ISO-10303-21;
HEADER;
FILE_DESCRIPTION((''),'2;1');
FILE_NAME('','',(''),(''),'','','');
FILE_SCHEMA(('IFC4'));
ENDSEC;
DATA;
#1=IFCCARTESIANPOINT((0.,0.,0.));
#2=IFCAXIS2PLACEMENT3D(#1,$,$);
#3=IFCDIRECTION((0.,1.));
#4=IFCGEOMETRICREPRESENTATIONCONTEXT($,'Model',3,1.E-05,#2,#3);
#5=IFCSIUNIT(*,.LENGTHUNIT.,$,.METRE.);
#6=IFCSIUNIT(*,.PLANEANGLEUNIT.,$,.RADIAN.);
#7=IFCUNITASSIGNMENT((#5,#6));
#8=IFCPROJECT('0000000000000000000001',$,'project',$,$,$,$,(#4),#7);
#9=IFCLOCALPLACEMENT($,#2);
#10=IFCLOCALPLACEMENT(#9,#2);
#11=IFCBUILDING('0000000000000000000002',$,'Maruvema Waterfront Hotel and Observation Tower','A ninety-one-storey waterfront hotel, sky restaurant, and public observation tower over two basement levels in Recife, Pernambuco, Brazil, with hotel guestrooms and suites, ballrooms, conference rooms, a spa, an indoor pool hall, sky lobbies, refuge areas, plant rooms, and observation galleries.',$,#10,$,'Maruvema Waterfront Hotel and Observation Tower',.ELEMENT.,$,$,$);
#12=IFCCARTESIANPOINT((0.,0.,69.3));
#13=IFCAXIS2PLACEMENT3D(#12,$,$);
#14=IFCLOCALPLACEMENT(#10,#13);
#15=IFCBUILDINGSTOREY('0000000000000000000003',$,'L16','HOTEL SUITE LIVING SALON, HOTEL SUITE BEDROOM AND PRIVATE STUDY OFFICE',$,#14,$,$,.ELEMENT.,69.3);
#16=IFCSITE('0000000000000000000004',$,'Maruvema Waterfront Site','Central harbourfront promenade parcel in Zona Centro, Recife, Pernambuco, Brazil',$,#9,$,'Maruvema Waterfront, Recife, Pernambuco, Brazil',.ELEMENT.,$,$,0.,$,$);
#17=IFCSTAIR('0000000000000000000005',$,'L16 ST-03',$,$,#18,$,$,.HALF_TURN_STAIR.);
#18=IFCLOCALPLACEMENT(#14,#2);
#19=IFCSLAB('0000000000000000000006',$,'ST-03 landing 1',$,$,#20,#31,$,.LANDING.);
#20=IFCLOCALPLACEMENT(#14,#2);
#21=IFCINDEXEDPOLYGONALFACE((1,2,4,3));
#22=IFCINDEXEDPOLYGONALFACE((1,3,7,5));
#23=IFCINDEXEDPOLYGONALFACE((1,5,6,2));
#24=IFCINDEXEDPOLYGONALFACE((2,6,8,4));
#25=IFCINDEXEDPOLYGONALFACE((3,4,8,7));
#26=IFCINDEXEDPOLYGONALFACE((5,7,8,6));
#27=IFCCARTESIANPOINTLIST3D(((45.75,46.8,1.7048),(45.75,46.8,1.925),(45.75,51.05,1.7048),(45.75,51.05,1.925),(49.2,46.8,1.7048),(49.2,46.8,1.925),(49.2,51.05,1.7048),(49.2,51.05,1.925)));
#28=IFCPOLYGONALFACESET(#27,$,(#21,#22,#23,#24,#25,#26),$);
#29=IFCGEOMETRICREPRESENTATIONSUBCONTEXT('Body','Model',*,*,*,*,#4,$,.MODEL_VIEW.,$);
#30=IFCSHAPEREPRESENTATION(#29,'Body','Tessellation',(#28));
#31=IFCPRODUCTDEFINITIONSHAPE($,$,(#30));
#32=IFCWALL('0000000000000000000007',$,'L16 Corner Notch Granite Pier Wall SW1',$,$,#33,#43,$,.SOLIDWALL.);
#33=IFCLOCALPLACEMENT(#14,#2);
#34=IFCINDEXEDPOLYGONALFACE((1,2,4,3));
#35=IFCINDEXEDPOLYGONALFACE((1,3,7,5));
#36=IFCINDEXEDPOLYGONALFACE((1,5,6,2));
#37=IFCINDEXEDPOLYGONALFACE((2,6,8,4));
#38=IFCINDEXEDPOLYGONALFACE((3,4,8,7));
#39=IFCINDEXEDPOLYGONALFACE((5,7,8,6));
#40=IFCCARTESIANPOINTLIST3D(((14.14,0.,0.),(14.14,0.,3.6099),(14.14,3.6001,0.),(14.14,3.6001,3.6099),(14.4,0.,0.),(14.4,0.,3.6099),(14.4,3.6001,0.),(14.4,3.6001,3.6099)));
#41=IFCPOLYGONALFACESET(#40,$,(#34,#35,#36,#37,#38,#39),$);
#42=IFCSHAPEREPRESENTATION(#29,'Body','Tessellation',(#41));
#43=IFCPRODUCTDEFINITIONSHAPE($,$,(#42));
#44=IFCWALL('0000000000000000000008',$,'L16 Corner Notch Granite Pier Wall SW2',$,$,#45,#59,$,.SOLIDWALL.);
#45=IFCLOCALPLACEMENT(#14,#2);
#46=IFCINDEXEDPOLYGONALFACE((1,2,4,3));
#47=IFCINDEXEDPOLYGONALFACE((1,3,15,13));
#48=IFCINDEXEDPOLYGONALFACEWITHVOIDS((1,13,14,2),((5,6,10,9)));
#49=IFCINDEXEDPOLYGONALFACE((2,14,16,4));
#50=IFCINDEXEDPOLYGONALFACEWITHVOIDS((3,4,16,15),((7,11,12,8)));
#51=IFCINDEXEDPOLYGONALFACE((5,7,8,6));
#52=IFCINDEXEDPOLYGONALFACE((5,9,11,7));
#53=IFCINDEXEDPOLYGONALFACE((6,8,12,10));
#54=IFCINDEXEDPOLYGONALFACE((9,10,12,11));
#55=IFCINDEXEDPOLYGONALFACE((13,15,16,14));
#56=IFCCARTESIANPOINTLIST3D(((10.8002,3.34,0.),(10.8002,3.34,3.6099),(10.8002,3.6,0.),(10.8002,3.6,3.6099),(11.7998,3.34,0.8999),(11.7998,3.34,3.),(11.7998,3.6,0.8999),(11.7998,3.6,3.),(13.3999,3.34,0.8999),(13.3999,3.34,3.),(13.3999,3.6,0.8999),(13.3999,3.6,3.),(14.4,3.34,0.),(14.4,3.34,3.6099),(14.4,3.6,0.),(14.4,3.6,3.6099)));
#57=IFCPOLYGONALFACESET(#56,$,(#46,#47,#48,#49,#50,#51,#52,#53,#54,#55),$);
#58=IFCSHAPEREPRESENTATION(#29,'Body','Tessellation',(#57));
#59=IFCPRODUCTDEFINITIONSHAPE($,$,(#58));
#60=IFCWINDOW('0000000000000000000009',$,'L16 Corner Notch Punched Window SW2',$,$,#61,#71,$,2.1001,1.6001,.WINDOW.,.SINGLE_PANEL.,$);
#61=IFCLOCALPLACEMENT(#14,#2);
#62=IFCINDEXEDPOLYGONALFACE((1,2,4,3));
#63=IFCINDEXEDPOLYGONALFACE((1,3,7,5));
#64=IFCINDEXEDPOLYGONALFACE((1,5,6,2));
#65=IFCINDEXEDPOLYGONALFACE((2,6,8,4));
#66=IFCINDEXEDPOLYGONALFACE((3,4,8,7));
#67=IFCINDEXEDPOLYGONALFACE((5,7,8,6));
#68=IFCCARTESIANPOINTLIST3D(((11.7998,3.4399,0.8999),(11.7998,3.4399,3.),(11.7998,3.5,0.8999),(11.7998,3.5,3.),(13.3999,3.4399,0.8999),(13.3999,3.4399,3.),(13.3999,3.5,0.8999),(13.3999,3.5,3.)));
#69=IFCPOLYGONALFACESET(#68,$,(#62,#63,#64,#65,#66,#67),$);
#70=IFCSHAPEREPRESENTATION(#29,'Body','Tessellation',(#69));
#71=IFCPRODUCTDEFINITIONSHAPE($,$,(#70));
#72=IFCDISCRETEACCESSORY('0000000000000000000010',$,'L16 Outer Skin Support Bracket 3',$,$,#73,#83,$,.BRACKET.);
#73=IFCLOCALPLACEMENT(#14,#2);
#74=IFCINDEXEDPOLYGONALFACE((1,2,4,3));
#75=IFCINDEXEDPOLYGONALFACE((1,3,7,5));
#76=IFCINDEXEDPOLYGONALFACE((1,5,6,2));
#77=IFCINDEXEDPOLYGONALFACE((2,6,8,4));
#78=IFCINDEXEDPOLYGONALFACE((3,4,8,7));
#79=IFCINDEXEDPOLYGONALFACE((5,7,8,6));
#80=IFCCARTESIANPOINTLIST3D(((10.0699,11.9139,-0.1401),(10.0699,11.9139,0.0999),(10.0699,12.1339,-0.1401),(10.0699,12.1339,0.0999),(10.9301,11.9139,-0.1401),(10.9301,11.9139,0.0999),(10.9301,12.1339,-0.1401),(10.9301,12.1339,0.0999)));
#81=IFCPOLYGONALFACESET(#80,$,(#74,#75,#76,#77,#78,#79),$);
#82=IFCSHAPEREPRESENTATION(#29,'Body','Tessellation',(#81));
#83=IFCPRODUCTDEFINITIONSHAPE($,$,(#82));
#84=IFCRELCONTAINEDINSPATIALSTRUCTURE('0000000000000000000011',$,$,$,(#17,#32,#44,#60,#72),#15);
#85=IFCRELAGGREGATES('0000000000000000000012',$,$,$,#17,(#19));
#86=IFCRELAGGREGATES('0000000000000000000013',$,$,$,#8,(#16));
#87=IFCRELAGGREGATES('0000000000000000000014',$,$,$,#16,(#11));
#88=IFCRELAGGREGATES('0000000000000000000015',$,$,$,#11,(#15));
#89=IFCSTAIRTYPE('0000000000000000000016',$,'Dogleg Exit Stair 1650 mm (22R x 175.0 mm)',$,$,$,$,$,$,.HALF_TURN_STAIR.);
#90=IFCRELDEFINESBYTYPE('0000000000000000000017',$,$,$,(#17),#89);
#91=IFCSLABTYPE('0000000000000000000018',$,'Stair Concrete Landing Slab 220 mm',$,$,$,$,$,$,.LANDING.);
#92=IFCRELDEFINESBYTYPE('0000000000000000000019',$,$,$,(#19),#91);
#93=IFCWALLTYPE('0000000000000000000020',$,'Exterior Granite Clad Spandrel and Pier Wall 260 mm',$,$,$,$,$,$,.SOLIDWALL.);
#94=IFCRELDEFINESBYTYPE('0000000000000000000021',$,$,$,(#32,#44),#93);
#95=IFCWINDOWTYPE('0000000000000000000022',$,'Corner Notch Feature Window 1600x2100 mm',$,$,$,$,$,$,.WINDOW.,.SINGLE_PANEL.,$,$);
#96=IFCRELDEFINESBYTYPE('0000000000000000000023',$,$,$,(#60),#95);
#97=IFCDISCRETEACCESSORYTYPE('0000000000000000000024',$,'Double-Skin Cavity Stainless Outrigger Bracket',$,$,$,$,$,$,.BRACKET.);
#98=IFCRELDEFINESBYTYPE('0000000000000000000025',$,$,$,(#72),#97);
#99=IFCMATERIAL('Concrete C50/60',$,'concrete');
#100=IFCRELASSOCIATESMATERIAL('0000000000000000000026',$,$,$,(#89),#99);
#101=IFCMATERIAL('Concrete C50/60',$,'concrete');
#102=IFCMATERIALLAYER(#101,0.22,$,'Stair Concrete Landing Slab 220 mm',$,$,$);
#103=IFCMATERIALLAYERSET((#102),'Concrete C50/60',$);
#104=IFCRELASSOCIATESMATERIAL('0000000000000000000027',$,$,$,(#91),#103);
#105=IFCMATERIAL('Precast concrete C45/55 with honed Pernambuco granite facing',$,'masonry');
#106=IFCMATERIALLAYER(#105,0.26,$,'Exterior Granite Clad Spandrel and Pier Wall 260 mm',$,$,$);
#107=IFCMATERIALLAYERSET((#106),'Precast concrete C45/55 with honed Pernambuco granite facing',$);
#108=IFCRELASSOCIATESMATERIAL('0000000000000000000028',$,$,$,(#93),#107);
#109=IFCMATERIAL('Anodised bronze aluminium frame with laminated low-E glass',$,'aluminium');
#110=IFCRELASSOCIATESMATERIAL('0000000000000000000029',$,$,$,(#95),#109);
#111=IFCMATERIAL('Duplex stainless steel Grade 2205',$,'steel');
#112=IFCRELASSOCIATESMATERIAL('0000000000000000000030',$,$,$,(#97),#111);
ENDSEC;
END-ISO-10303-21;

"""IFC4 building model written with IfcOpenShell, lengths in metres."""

from ifc_helpers import new_model, si_unit, direction, frame, frame_2d, origin, origin_2d, place, context, subcontext, project, spatial, polyline, rectangle, outline, extrude, material, layer, layer_set, type_object, element, fill, aggregate, save


model = new_model("IFC4")

# Units and contexts
model_context = context("Model", 3, precision=1e-05, world=origin(), true_north=direction((0.0, 1.0)))
body_context = subcontext(model_context, "Body", "Model", "MODEL_VIEW")
ifc_project = project(units=[si_unit("LENGTHUNIT", "METRE"), si_unit("PLANEANGLEUNIT", "RADIAN")], contexts=[model_context])

# Site, building, storey
site_placement = place(None, origin())
site = spatial("IfcSite", under=ifc_project, at=site_placement, Name="Maruvema Waterfront Site", Description="Central harbourfront promenade parcel in Zona Centro, Recife, Pernambuco, Brazil", LongName="Maruvema Waterfront, Recife, Pernambuco, Brazil", CompositionType="ELEMENT", RefElevation=0.0)
building_placement = place(site_placement, origin())
building = spatial("IfcBuilding", under=site, at=building_placement, Name="Maruvema Waterfront Hotel and Observation Tower", Description="A ninety-one-storey waterfront hotel, sky restaurant, and public observation tower over two basement levels in Recife, Pernambuco, Brazil, with hotel guestrooms and suites, ballrooms, conference rooms, a spa, an indoor pool hall, sky lobbies, refuge areas, plant rooms, and observation galleries.", LongName="Maruvema Waterfront Hotel and Observation Tower", CompositionType="ELEMENT")
storey_placement = place(building_placement, frame((0.0, 0.0, 69.3)))
storey = spatial("IfcBuildingStorey", under=building, at=storey_placement, Name="L16", Description="HOTEL SUITE LIVING SALON, HOTEL SUITE BEDROOM AND PRIVATE STUDY OFFICE", CompositionType="ELEMENT", Elevation=69.3)

# Stair, slab
ifc_material_1 = material(Name="Concrete C50/60", Category="concrete")
stair_type = type_object("IfcStairType", Name="Dogleg Exit Stair 1650 mm (22R x 175.0 mm)", PredefinedType="HALF_TURN_STAIR", material=ifc_material_1)
ifc_material_2 = material(Name="Concrete C50/60", Category="concrete")
ifc_layer_1 = layer(ifc_material_2, 0.22, Name="Stair Concrete Landing Slab 220 mm")
ifc_layer_set_1 = layer_set([ifc_layer_1], Name="Concrete C50/60")
slab_type_1 = type_object("IfcSlabType", Name="Stair Concrete Landing Slab 220 mm", PredefinedType="LANDING", material=ifc_layer_set_1)
stair_1_placement = place(storey_placement, origin())
stair_1 = element("IfcStair", 1, at=stair_1_placement, inside=storey, type_object=stair_type, Name="L16 ST-03", PredefinedType="HALF_TURN_STAIR")
slab_1_placement = place(storey_placement, frame((0.0, 0.0, 1.7048)))
slab_1 = element("IfcSlab", 2, at=slab_1_placement, type_object=slab_type_1, Name="ST-03 landing 1", PredefinedType="LANDING", context=body_context, shape_type="SweptSolid", body=[
    extrude(outline(polyline([(49.2, 46.8), (49.2, 51.05), (45.75, 51.05), (45.75, 46.8), (49.2, 46.8)])), origin(), (0.0, 0.0, 1.0), 0.2202),
])
aggregate(stair_1, [slab_1])

# Wall
ifc_material_3 = material(Name="Precast concrete C45/55 with honed Pernambuco granite facing", Category="masonry")
ifc_layer_2 = layer(ifc_material_3, 0.26, Name="Exterior Granite Clad Spandrel and Pier Wall 260 mm")
ifc_layer_set_2 = layer_set([ifc_layer_2], Name="Precast concrete C45/55 with honed Pernambuco granite facing")
wall_type = type_object("IfcWallType", Name="Exterior Granite Clad Spandrel and Pier Wall 260 mm", PredefinedType="SOLIDWALL", material=ifc_layer_set_2)
wall_1_placement = place(storey_placement, frame((14.27, 0.0, 0.0), z_axis=(0.0, 0.0, 1.0), x_axis=(0.0, 1.0, 0.0)))
element("IfcWall", 3, at=wall_1_placement, inside=storey, type_object=wall_type, Name="L16 Corner Notch Granite Pier Wall SW1", PredefinedType="SOLIDWALL", context=body_context, shape_type="SweptSolid", body=[
    extrude(rectangle(XDim=3.6001, YDim=0.26, at=frame_2d((1.8, 0.0))), origin(), (0.0, 0.0, 1.0), 3.6099),
])

# Wall, opening, window
wall_2_placement = place(storey_placement, frame((14.3999, 3.47, 0.0), z_axis=(0.0, 0.0, 1.0), x_axis=(-1.0, 0.0, 0.0)))
wall_2 = element("IfcWall", 4, at=wall_2_placement, inside=storey, type_object=wall_type, Name="L16 Corner Notch Granite Pier Wall SW2", PredefinedType="SOLIDWALL", context=body_context, shape_type="SweptSolid", body=[
    extrude(rectangle(XDim=3.5999, YDim=0.26, at=frame_2d((1.7998, 0.0))), origin(), (0.0, 0.0, 1.0), 3.6099),
])
opening_placement = place(wall_2_placement, frame((1.0, 0.0, 0.8999)))
opening = element("IfcOpeningElement", 5, at=opening_placement, cuts=wall_2, PredefinedType="OPENING", context=body_context, shape_type="SweptSolid", body=[
    extrude(rectangle(XDim=1.6001, YDim=2.1001, at=frame_2d((0.8, 1.05))), frame((0.0, 0.1401, 0.0), z_axis=(0.0, -1.0, 0.0), x_axis=(1.0, 0.0, 0.0)), (0.0, 0.0, 1.0), 0.28),
])
ifc_material_4 = material(Name="Anodised bronze aluminium frame with laminated low-E glass", Category="aluminium")
window_type = type_object("IfcWindowType", Name="Corner Notch Feature Window 1600x2100 mm", PartitioningType="SINGLE_PANEL", PredefinedType="WINDOW", material=ifc_material_4)
window_placement = place(opening_placement, origin())
window = element("IfcWindow", 6, at=window_placement, inside=storey, type_object=window_type, Name="L16 Corner Notch Punched Window SW2", OverallHeight=2.1001, OverallWidth=1.6001, PartitioningType="SINGLE_PANEL", PredefinedType="WINDOW", context=body_context, shape_type="SweptSolid", body=[
    extrude(rectangle(XDim=1.6001, YDim=2.1001, at=frame_2d((0.8, 1.05))), frame((0.0, 0.03, 0.0), z_axis=(0.0, -1.0, 0.0), x_axis=(1.0, 0.0, 0.0)), (0.0, 0.0, 1.0), 0.0601),
])
fill(opening, window)

# Discrete accessory
ifc_material_5 = material(Name="Duplex stainless steel Grade 2205", Category="steel")
discrete_accessory_type = type_object("IfcDiscreteAccessoryType", Name="Double-Skin Cavity Stainless Outrigger Bracket", PredefinedType="BRACKET", material=ifc_material_5)
discrete_accessory_placement = place(storey_placement, frame((10.5, 12.0239, -0.1401), z_axis=(0.0, 0.0, 1.0), x_axis=(0.0, -1.0, 0.0)))
element("IfcDiscreteAccessory", 7, at=discrete_accessory_placement, inside=storey, type_object=discrete_accessory_type, Name="L16 Outer Skin Support Bracket 3", PredefinedType="BRACKET", context=body_context, shape_type="SweptSolid", body=[
    extrude(rectangle(XDim=0.22, YDim=0.8601, at=origin_2d()), origin(), (0.0, 0.0, 1.0), 0.24),
])

save(model, "model.ifc")
